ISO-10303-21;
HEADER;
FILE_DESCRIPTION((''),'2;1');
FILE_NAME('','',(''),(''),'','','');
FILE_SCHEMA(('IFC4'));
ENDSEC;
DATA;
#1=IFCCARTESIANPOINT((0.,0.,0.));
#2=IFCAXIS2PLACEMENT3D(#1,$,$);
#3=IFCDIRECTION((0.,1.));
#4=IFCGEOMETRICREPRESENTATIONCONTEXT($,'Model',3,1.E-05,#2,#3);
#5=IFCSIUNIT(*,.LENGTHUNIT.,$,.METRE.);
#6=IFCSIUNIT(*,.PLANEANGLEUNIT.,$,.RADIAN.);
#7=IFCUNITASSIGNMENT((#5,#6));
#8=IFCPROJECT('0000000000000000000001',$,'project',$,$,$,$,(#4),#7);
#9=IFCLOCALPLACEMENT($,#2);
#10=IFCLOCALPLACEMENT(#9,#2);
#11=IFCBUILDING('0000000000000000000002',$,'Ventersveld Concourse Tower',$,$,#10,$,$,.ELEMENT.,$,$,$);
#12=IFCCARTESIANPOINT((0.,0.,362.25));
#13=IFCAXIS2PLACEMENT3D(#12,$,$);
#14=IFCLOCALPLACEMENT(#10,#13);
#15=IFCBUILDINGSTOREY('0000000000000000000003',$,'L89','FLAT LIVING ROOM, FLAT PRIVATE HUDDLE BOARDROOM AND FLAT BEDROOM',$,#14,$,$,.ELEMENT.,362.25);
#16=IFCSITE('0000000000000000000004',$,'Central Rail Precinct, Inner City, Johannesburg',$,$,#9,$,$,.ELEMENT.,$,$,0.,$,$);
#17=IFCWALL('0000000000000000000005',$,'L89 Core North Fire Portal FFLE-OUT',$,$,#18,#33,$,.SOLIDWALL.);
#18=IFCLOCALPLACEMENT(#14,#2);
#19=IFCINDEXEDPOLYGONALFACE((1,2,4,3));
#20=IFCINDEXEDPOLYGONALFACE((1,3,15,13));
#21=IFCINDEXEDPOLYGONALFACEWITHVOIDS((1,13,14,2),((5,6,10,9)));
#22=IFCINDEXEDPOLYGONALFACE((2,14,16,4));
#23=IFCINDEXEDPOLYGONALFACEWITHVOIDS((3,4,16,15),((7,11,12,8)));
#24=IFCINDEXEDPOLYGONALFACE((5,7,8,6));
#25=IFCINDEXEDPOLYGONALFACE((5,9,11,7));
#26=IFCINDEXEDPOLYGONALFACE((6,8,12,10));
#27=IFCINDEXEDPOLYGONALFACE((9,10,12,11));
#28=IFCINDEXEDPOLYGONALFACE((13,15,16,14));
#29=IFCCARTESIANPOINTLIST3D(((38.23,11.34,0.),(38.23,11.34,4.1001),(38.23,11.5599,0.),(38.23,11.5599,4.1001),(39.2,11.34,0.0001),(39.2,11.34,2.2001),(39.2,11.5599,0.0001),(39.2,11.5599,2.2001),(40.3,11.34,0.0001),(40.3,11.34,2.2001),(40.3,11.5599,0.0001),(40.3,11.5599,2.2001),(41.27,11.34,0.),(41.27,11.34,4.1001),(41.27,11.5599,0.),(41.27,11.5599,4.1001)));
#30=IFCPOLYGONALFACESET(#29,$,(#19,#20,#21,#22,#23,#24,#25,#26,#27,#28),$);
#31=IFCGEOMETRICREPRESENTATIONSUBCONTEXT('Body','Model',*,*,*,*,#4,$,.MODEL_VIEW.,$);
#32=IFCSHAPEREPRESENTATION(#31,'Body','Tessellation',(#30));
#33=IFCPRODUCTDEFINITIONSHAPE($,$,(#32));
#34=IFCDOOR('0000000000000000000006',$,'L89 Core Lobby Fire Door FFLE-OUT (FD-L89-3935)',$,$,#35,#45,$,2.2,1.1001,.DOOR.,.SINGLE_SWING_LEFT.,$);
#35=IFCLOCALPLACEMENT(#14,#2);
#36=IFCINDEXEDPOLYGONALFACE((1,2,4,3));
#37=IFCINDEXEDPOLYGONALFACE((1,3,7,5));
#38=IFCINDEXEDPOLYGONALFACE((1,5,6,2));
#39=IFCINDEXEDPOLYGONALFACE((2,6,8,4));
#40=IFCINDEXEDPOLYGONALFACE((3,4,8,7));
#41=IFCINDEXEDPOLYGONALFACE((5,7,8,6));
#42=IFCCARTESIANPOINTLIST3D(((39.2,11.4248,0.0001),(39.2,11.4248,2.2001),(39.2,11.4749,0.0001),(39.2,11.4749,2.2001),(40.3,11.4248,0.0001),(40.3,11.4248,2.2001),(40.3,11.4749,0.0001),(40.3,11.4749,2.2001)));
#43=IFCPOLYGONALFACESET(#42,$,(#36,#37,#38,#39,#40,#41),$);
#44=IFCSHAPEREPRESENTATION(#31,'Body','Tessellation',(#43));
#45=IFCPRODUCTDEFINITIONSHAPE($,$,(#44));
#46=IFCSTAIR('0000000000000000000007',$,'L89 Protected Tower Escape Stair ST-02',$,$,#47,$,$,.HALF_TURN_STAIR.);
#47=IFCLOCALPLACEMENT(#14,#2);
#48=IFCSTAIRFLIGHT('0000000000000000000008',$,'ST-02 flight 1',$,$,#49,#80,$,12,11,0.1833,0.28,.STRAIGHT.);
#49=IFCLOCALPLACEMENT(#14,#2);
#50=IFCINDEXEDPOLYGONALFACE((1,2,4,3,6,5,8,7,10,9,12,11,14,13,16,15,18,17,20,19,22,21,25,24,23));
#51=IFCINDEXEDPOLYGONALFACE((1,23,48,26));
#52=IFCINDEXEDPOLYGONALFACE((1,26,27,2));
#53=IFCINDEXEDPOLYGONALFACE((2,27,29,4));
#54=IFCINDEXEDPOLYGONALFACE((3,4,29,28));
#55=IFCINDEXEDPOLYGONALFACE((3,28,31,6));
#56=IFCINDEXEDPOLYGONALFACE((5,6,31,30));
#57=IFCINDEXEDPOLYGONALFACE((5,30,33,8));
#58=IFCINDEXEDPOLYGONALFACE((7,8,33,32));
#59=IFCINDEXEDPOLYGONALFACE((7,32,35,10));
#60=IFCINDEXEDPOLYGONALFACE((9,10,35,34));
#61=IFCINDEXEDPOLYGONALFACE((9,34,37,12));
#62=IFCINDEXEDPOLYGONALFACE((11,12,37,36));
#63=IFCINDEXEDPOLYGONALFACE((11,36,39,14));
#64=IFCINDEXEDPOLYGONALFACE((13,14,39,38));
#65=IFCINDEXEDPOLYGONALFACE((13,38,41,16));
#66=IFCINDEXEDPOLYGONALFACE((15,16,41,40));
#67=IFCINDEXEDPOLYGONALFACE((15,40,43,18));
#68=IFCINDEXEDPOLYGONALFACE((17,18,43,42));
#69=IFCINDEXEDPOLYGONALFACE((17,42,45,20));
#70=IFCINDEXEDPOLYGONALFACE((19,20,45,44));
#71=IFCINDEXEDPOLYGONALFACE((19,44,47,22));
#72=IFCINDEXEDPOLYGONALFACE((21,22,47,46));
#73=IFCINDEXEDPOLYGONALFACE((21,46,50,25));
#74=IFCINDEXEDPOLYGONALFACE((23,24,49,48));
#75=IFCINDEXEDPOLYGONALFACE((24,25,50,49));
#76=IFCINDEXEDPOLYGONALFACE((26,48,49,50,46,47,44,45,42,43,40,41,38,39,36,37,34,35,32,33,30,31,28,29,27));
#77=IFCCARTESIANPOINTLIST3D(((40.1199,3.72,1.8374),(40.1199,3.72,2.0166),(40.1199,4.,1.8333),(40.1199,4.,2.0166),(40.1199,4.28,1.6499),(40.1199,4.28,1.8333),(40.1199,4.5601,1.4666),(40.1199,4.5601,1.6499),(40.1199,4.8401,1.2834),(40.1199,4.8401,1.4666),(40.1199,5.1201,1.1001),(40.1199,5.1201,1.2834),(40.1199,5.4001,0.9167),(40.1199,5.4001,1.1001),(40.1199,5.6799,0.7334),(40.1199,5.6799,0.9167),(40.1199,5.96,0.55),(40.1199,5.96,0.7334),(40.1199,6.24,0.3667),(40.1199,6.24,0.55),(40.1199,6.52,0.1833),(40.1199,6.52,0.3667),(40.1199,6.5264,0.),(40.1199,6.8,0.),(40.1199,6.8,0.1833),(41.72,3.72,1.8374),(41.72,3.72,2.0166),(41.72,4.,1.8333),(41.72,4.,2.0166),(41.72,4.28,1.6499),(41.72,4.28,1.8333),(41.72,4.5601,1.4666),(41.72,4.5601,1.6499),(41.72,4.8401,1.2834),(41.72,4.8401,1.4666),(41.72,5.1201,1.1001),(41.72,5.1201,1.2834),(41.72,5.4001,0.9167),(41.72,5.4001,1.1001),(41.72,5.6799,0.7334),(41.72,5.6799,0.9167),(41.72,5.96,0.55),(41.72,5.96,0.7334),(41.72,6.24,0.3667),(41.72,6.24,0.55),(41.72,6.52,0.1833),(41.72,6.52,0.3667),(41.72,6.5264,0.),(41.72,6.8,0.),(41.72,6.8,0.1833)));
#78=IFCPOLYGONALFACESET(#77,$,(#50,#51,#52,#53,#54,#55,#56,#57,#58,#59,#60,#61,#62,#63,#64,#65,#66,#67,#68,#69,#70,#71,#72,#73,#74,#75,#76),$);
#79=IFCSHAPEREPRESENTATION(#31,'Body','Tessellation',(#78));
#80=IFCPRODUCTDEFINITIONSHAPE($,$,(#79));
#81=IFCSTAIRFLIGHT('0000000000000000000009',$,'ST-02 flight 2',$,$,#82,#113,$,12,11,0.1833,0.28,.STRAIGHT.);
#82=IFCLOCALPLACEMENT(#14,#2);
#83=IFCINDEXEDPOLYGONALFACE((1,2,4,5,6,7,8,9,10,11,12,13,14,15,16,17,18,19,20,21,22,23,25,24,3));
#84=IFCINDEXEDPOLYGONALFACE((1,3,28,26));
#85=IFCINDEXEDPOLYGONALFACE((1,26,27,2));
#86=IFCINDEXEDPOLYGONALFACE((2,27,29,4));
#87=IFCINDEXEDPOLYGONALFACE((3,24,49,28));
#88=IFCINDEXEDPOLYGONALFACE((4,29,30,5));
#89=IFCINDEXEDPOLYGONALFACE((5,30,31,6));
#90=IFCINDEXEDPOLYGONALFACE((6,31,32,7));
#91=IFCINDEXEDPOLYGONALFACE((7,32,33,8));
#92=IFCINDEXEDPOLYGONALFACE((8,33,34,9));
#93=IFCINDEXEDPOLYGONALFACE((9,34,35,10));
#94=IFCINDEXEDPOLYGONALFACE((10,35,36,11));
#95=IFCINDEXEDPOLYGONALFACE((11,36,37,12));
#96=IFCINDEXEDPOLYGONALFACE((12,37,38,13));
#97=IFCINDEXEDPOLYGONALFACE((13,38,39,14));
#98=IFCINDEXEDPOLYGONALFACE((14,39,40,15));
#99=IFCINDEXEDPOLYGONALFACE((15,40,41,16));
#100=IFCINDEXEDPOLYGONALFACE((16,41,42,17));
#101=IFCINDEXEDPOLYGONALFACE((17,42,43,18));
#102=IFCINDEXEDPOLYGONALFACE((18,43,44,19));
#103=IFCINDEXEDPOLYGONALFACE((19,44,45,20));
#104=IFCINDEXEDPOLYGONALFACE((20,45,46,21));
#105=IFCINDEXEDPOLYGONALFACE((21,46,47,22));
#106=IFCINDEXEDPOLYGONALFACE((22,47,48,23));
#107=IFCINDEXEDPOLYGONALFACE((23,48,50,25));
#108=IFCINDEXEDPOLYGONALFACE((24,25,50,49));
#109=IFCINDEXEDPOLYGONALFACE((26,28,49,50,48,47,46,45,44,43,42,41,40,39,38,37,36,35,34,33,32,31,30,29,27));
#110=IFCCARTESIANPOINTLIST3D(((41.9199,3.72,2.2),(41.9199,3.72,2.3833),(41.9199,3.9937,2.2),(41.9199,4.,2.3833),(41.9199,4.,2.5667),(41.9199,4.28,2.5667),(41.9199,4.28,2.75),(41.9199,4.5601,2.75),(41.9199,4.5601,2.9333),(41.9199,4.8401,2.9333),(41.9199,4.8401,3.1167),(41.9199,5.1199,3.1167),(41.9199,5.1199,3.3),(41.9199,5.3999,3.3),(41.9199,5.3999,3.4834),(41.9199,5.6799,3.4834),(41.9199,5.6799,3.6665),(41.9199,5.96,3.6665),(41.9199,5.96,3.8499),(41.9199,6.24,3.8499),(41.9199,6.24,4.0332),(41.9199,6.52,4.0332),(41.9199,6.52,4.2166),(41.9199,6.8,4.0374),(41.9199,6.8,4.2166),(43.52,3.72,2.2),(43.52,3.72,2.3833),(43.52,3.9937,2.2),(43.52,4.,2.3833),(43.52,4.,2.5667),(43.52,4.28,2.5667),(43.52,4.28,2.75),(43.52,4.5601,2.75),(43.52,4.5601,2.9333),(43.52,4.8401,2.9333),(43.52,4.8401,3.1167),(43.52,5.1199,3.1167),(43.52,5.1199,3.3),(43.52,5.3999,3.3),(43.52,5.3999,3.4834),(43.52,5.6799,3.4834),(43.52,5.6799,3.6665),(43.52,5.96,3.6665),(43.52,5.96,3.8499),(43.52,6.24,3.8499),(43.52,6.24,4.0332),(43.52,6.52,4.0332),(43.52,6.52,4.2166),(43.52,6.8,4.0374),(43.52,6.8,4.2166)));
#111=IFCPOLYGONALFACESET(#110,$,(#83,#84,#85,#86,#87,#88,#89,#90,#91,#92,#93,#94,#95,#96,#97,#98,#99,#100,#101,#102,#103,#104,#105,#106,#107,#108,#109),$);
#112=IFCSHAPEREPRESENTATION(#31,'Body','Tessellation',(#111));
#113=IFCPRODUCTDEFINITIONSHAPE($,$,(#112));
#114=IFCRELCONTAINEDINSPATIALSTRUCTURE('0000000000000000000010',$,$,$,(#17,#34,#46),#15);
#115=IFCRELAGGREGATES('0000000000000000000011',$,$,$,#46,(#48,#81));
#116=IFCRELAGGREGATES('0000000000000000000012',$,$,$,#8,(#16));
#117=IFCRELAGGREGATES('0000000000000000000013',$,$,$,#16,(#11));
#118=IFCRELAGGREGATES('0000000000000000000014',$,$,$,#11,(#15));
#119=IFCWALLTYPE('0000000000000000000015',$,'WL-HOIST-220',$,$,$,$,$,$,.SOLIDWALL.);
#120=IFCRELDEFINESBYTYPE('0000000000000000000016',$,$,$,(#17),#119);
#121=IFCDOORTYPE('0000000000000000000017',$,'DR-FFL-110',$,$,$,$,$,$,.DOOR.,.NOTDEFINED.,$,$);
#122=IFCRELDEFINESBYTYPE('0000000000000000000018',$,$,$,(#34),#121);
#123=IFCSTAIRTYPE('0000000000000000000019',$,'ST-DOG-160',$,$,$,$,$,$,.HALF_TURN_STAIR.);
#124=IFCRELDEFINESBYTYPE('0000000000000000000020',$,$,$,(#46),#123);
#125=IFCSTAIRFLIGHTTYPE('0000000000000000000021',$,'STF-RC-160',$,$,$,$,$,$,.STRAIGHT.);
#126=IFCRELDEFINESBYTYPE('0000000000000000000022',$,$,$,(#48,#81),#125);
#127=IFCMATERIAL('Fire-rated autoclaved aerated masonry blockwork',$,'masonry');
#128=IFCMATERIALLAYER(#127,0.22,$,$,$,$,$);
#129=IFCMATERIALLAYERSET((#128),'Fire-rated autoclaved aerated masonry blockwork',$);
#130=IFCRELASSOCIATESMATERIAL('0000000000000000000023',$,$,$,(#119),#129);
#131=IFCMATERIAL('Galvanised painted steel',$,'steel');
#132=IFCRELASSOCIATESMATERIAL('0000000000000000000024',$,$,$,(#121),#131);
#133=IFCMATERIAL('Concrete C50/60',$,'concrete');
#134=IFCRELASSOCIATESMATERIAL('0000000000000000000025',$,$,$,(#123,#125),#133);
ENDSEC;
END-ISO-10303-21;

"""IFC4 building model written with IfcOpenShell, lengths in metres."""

from ifc_helpers import new_model, si_unit, direction, frame, frame_2d, origin, place, context, subcontext, project, spatial, polyline, rectangle, outline, extrude, material, layer, layer_set, type_object, element, fill, aggregate, save


model = new_model("IFC4")

# Units and contexts
model_context = context("Model", 3, precision=1e-05, world=origin(), true_north=direction((0.0, 1.0)))
body_context = subcontext(model_context, "Body", "Model", "MODEL_VIEW")
ifc_project = project(units=[si_unit("LENGTHUNIT", "METRE"), si_unit("PLANEANGLEUNIT", "RADIAN")], contexts=[model_context])

# Site, building, storey
site_placement = place(None, origin())
site = spatial("IfcSite", under=ifc_project, at=site_placement, Name="Central Rail Precinct, Inner City, Johannesburg", CompositionType="ELEMENT", RefElevation=0.0)
building_placement = place(site_placement, origin())
building = spatial("IfcBuilding", under=site, at=building_placement, Name="Ventersveld Concourse Tower", CompositionType="ELEMENT")
storey_placement = place(building_placement, frame((0.0, 0.0, 362.25)))
storey = spatial("IfcBuildingStorey", under=building, at=storey_placement, Name="L89", Description="FLAT LIVING ROOM, FLAT PRIVATE HUDDLE BOARDROOM AND FLAT BEDROOM", CompositionType="ELEMENT", Elevation=362.25)

# Shared definitions
ifc_material_1 = material(Name="Concrete C50/60", Category="concrete")

# Shared definitions
ifc_material_2 = material(Name="Fire-rated autoclaved aerated masonry blockwork", Category="masonry")
ifc_layer = layer(ifc_material_2, 0.22)
ifc_layer_set = layer_set([ifc_layer], Name="Fire-rated autoclaved aerated masonry blockwork")
wall_type = type_object("IfcWallType", Name="WL-HOIST-220", PredefinedType="SOLIDWALL", material=ifc_layer_set)

# Wall, opening, door
ifc_material_3 = material(Name="Galvanised painted steel", Category="steel")
wall_1_placement = place(storey_placement, frame((38.23, 11.45, 0.0), z_axis=(0.0, 0.0, 1.0), x_axis=(1.0, 0.0, 0.0)))
wall_1 = element("IfcWall", 1, at=wall_1_placement, inside=storey, type_object=wall_type, Name="L89 Core North Fire Portal FFLE-OUT", PredefinedType="SOLIDWALL", context=body_context, shape_type="SweptSolid", body=[
    extrude(rectangle(XDim=3.04, YDim=0.22, at=frame_2d((1.52, 0.0))), origin(), (0.0, 0.0, 1.0), 4.1001),
])
opening_1_placement = place(wall_1_placement, frame((0.97, 0.0, 0.0)))
opening_1 = element("IfcOpeningElement", 2, at=opening_1_placement, cuts=wall_1, PredefinedType="OPENING", context=body_context, shape_type="SweptSolid", body=[
    extrude(rectangle(XDim=1.1001, YDim=2.2, at=frame_2d((0.55, 1.1001))), frame((0.0, 0.1201, 0.0), z_axis=(0.0, -1.0, 0.0), x_axis=(1.0, 0.0, 0.0)), (0.0, 0.0, 1.0), 0.24),
])
door_type_1 = type_object("IfcDoorType", Name="DR-FFL-110", OperationType="NOTDEFINED", PredefinedType="DOOR", material=ifc_material_3)
door_1_placement = place(opening_1_placement, origin())
door_1 = element("IfcDoor", 3, at=door_1_placement, inside=storey, type_object=door_type_1, Name="L89 Core Lobby Fire Door FFLE-OUT (FD-L89-3935)", OperationType="SINGLE_SWING_LEFT", OverallHeight=2.2, OverallWidth=1.1001, PredefinedType="DOOR", context=body_context, shape_type="SweptSolid", body=[
    extrude(rectangle(XDim=1.1001, YDim=2.2, at=frame_2d((0.55, 1.1001))), frame((0.0, 0.0249, 0.0), z_axis=(0.0, -1.0, 0.0), x_axis=(1.0, 0.0, 0.0)), (0.0, 0.0, 1.0), 0.05),
])
fill(opening_1, door_1)

# Stair, stair flights
stair_type = type_object("IfcStairType", Name="ST-DOG-160", PredefinedType="HALF_TURN_STAIR", material=ifc_material_1)
stair_placement = place(storey_placement, origin())
stair = element("IfcStair", 4, at=stair_placement, inside=storey, type_object=stair_type, Name="L89 Protected Tower Escape Stair ST-02", PredefinedType="HALF_TURN_STAIR")
stair_flight_type = type_object("IfcStairFlightType", Name="STF-RC-160", PredefinedType="STRAIGHT", material=ifc_material_1)
stair_flight_1_placement = place(storey_placement, frame((40.9199, 6.8, 0.0), z_axis=(0.0, 0.0, 1.0), x_axis=(0.0, -1.0, 0.0)))
stair_flight_1 = element("IfcStairFlight", 5, at=stair_flight_1_placement, type_object=stair_flight_type, Name="ST-02 flight 1", NumberOfRisers=12, NumberOfTreads=11, PredefinedType="STRAIGHT", RiserHeight=0.1833, TreadLength=0.28, context=body_context, shape_type="SweptSolid", body=[
    extrude(outline(polyline([(0.0, 0.0), (0.0, 0.1833), (0.28, 0.1833), (0.28, 0.3667), (0.5601, 0.3667), (0.5601, 0.55), (0.8401, 0.55), (0.8401, 0.7334), (1.1201, 0.7334), (1.1201, 0.9167), (1.3999, 0.9167), (1.3999, 1.1001), (1.6799, 1.1001), (1.6799, 1.2834), (1.96, 1.2834), (1.96, 1.4666), (2.24, 1.4666), (2.24, 1.6499), (2.52, 1.6499), (2.52, 1.8333), (2.8, 1.8333), (2.8, 2.0166), (3.0801, 2.0166), (3.0801, 2.2), (3.0801, 1.8374), (0.2737, 0.0), (0.0, 0.0)])), frame((0.0, 0.8, 0.0), z_axis=(0.0, -1.0, 0.0), x_axis=(1.0, 0.0, 0.0)), (0.0, 0.0, 1.0), 1.6001),
])
stair_flight_2_placement = place(storey_placement, frame((42.72, 3.72, 2.2), z_axis=(0.0, 0.0, 1.0), x_axis=(0.0, 1.0, 0.0)))
stair_flight_2 = element("IfcStairFlight", 6, at=stair_flight_2_placement, type_object=stair_flight_type, Name="ST-02 flight 2", NumberOfRisers=12, NumberOfTreads=11, PredefinedType="STRAIGHT", RiserHeight=0.1833, TreadLength=0.28, context=body_context, shape_type="SweptSolid", body=[
    extrude(outline(polyline([(0.0, 0.0), (0.0, 0.1833), (0.28, 0.1833), (0.28, 0.3667), (0.5601, 0.3667), (0.5601, 0.55), (0.8401, 0.55), (0.8401, 0.7334), (1.1201, 0.7334), (1.1201, 0.9167), (1.3999, 0.9167), (1.3999, 1.1001), (1.6799, 1.1001), (1.6799, 1.2834), (1.96, 1.2834), (1.96, 1.4666), (2.24, 1.4666), (2.24, 1.6499), (2.52, 1.6499), (2.52, 1.8333), (2.8, 1.8333), (2.8, 2.0166), (3.0801, 2.0166), (3.0801, 2.2), (3.0801, 1.8374), (0.2737, 0.0), (0.0, 0.0)])), frame((0.0, 0.8, 0.0), z_axis=(0.0, -1.0, 0.0), x_axis=(1.0, 0.0, 0.0)), (0.0, 0.0, 1.0), 1.6001),
])
aggregate(stair, [stair_flight_1, stair_flight_2])

save(model, "model.ifc")
